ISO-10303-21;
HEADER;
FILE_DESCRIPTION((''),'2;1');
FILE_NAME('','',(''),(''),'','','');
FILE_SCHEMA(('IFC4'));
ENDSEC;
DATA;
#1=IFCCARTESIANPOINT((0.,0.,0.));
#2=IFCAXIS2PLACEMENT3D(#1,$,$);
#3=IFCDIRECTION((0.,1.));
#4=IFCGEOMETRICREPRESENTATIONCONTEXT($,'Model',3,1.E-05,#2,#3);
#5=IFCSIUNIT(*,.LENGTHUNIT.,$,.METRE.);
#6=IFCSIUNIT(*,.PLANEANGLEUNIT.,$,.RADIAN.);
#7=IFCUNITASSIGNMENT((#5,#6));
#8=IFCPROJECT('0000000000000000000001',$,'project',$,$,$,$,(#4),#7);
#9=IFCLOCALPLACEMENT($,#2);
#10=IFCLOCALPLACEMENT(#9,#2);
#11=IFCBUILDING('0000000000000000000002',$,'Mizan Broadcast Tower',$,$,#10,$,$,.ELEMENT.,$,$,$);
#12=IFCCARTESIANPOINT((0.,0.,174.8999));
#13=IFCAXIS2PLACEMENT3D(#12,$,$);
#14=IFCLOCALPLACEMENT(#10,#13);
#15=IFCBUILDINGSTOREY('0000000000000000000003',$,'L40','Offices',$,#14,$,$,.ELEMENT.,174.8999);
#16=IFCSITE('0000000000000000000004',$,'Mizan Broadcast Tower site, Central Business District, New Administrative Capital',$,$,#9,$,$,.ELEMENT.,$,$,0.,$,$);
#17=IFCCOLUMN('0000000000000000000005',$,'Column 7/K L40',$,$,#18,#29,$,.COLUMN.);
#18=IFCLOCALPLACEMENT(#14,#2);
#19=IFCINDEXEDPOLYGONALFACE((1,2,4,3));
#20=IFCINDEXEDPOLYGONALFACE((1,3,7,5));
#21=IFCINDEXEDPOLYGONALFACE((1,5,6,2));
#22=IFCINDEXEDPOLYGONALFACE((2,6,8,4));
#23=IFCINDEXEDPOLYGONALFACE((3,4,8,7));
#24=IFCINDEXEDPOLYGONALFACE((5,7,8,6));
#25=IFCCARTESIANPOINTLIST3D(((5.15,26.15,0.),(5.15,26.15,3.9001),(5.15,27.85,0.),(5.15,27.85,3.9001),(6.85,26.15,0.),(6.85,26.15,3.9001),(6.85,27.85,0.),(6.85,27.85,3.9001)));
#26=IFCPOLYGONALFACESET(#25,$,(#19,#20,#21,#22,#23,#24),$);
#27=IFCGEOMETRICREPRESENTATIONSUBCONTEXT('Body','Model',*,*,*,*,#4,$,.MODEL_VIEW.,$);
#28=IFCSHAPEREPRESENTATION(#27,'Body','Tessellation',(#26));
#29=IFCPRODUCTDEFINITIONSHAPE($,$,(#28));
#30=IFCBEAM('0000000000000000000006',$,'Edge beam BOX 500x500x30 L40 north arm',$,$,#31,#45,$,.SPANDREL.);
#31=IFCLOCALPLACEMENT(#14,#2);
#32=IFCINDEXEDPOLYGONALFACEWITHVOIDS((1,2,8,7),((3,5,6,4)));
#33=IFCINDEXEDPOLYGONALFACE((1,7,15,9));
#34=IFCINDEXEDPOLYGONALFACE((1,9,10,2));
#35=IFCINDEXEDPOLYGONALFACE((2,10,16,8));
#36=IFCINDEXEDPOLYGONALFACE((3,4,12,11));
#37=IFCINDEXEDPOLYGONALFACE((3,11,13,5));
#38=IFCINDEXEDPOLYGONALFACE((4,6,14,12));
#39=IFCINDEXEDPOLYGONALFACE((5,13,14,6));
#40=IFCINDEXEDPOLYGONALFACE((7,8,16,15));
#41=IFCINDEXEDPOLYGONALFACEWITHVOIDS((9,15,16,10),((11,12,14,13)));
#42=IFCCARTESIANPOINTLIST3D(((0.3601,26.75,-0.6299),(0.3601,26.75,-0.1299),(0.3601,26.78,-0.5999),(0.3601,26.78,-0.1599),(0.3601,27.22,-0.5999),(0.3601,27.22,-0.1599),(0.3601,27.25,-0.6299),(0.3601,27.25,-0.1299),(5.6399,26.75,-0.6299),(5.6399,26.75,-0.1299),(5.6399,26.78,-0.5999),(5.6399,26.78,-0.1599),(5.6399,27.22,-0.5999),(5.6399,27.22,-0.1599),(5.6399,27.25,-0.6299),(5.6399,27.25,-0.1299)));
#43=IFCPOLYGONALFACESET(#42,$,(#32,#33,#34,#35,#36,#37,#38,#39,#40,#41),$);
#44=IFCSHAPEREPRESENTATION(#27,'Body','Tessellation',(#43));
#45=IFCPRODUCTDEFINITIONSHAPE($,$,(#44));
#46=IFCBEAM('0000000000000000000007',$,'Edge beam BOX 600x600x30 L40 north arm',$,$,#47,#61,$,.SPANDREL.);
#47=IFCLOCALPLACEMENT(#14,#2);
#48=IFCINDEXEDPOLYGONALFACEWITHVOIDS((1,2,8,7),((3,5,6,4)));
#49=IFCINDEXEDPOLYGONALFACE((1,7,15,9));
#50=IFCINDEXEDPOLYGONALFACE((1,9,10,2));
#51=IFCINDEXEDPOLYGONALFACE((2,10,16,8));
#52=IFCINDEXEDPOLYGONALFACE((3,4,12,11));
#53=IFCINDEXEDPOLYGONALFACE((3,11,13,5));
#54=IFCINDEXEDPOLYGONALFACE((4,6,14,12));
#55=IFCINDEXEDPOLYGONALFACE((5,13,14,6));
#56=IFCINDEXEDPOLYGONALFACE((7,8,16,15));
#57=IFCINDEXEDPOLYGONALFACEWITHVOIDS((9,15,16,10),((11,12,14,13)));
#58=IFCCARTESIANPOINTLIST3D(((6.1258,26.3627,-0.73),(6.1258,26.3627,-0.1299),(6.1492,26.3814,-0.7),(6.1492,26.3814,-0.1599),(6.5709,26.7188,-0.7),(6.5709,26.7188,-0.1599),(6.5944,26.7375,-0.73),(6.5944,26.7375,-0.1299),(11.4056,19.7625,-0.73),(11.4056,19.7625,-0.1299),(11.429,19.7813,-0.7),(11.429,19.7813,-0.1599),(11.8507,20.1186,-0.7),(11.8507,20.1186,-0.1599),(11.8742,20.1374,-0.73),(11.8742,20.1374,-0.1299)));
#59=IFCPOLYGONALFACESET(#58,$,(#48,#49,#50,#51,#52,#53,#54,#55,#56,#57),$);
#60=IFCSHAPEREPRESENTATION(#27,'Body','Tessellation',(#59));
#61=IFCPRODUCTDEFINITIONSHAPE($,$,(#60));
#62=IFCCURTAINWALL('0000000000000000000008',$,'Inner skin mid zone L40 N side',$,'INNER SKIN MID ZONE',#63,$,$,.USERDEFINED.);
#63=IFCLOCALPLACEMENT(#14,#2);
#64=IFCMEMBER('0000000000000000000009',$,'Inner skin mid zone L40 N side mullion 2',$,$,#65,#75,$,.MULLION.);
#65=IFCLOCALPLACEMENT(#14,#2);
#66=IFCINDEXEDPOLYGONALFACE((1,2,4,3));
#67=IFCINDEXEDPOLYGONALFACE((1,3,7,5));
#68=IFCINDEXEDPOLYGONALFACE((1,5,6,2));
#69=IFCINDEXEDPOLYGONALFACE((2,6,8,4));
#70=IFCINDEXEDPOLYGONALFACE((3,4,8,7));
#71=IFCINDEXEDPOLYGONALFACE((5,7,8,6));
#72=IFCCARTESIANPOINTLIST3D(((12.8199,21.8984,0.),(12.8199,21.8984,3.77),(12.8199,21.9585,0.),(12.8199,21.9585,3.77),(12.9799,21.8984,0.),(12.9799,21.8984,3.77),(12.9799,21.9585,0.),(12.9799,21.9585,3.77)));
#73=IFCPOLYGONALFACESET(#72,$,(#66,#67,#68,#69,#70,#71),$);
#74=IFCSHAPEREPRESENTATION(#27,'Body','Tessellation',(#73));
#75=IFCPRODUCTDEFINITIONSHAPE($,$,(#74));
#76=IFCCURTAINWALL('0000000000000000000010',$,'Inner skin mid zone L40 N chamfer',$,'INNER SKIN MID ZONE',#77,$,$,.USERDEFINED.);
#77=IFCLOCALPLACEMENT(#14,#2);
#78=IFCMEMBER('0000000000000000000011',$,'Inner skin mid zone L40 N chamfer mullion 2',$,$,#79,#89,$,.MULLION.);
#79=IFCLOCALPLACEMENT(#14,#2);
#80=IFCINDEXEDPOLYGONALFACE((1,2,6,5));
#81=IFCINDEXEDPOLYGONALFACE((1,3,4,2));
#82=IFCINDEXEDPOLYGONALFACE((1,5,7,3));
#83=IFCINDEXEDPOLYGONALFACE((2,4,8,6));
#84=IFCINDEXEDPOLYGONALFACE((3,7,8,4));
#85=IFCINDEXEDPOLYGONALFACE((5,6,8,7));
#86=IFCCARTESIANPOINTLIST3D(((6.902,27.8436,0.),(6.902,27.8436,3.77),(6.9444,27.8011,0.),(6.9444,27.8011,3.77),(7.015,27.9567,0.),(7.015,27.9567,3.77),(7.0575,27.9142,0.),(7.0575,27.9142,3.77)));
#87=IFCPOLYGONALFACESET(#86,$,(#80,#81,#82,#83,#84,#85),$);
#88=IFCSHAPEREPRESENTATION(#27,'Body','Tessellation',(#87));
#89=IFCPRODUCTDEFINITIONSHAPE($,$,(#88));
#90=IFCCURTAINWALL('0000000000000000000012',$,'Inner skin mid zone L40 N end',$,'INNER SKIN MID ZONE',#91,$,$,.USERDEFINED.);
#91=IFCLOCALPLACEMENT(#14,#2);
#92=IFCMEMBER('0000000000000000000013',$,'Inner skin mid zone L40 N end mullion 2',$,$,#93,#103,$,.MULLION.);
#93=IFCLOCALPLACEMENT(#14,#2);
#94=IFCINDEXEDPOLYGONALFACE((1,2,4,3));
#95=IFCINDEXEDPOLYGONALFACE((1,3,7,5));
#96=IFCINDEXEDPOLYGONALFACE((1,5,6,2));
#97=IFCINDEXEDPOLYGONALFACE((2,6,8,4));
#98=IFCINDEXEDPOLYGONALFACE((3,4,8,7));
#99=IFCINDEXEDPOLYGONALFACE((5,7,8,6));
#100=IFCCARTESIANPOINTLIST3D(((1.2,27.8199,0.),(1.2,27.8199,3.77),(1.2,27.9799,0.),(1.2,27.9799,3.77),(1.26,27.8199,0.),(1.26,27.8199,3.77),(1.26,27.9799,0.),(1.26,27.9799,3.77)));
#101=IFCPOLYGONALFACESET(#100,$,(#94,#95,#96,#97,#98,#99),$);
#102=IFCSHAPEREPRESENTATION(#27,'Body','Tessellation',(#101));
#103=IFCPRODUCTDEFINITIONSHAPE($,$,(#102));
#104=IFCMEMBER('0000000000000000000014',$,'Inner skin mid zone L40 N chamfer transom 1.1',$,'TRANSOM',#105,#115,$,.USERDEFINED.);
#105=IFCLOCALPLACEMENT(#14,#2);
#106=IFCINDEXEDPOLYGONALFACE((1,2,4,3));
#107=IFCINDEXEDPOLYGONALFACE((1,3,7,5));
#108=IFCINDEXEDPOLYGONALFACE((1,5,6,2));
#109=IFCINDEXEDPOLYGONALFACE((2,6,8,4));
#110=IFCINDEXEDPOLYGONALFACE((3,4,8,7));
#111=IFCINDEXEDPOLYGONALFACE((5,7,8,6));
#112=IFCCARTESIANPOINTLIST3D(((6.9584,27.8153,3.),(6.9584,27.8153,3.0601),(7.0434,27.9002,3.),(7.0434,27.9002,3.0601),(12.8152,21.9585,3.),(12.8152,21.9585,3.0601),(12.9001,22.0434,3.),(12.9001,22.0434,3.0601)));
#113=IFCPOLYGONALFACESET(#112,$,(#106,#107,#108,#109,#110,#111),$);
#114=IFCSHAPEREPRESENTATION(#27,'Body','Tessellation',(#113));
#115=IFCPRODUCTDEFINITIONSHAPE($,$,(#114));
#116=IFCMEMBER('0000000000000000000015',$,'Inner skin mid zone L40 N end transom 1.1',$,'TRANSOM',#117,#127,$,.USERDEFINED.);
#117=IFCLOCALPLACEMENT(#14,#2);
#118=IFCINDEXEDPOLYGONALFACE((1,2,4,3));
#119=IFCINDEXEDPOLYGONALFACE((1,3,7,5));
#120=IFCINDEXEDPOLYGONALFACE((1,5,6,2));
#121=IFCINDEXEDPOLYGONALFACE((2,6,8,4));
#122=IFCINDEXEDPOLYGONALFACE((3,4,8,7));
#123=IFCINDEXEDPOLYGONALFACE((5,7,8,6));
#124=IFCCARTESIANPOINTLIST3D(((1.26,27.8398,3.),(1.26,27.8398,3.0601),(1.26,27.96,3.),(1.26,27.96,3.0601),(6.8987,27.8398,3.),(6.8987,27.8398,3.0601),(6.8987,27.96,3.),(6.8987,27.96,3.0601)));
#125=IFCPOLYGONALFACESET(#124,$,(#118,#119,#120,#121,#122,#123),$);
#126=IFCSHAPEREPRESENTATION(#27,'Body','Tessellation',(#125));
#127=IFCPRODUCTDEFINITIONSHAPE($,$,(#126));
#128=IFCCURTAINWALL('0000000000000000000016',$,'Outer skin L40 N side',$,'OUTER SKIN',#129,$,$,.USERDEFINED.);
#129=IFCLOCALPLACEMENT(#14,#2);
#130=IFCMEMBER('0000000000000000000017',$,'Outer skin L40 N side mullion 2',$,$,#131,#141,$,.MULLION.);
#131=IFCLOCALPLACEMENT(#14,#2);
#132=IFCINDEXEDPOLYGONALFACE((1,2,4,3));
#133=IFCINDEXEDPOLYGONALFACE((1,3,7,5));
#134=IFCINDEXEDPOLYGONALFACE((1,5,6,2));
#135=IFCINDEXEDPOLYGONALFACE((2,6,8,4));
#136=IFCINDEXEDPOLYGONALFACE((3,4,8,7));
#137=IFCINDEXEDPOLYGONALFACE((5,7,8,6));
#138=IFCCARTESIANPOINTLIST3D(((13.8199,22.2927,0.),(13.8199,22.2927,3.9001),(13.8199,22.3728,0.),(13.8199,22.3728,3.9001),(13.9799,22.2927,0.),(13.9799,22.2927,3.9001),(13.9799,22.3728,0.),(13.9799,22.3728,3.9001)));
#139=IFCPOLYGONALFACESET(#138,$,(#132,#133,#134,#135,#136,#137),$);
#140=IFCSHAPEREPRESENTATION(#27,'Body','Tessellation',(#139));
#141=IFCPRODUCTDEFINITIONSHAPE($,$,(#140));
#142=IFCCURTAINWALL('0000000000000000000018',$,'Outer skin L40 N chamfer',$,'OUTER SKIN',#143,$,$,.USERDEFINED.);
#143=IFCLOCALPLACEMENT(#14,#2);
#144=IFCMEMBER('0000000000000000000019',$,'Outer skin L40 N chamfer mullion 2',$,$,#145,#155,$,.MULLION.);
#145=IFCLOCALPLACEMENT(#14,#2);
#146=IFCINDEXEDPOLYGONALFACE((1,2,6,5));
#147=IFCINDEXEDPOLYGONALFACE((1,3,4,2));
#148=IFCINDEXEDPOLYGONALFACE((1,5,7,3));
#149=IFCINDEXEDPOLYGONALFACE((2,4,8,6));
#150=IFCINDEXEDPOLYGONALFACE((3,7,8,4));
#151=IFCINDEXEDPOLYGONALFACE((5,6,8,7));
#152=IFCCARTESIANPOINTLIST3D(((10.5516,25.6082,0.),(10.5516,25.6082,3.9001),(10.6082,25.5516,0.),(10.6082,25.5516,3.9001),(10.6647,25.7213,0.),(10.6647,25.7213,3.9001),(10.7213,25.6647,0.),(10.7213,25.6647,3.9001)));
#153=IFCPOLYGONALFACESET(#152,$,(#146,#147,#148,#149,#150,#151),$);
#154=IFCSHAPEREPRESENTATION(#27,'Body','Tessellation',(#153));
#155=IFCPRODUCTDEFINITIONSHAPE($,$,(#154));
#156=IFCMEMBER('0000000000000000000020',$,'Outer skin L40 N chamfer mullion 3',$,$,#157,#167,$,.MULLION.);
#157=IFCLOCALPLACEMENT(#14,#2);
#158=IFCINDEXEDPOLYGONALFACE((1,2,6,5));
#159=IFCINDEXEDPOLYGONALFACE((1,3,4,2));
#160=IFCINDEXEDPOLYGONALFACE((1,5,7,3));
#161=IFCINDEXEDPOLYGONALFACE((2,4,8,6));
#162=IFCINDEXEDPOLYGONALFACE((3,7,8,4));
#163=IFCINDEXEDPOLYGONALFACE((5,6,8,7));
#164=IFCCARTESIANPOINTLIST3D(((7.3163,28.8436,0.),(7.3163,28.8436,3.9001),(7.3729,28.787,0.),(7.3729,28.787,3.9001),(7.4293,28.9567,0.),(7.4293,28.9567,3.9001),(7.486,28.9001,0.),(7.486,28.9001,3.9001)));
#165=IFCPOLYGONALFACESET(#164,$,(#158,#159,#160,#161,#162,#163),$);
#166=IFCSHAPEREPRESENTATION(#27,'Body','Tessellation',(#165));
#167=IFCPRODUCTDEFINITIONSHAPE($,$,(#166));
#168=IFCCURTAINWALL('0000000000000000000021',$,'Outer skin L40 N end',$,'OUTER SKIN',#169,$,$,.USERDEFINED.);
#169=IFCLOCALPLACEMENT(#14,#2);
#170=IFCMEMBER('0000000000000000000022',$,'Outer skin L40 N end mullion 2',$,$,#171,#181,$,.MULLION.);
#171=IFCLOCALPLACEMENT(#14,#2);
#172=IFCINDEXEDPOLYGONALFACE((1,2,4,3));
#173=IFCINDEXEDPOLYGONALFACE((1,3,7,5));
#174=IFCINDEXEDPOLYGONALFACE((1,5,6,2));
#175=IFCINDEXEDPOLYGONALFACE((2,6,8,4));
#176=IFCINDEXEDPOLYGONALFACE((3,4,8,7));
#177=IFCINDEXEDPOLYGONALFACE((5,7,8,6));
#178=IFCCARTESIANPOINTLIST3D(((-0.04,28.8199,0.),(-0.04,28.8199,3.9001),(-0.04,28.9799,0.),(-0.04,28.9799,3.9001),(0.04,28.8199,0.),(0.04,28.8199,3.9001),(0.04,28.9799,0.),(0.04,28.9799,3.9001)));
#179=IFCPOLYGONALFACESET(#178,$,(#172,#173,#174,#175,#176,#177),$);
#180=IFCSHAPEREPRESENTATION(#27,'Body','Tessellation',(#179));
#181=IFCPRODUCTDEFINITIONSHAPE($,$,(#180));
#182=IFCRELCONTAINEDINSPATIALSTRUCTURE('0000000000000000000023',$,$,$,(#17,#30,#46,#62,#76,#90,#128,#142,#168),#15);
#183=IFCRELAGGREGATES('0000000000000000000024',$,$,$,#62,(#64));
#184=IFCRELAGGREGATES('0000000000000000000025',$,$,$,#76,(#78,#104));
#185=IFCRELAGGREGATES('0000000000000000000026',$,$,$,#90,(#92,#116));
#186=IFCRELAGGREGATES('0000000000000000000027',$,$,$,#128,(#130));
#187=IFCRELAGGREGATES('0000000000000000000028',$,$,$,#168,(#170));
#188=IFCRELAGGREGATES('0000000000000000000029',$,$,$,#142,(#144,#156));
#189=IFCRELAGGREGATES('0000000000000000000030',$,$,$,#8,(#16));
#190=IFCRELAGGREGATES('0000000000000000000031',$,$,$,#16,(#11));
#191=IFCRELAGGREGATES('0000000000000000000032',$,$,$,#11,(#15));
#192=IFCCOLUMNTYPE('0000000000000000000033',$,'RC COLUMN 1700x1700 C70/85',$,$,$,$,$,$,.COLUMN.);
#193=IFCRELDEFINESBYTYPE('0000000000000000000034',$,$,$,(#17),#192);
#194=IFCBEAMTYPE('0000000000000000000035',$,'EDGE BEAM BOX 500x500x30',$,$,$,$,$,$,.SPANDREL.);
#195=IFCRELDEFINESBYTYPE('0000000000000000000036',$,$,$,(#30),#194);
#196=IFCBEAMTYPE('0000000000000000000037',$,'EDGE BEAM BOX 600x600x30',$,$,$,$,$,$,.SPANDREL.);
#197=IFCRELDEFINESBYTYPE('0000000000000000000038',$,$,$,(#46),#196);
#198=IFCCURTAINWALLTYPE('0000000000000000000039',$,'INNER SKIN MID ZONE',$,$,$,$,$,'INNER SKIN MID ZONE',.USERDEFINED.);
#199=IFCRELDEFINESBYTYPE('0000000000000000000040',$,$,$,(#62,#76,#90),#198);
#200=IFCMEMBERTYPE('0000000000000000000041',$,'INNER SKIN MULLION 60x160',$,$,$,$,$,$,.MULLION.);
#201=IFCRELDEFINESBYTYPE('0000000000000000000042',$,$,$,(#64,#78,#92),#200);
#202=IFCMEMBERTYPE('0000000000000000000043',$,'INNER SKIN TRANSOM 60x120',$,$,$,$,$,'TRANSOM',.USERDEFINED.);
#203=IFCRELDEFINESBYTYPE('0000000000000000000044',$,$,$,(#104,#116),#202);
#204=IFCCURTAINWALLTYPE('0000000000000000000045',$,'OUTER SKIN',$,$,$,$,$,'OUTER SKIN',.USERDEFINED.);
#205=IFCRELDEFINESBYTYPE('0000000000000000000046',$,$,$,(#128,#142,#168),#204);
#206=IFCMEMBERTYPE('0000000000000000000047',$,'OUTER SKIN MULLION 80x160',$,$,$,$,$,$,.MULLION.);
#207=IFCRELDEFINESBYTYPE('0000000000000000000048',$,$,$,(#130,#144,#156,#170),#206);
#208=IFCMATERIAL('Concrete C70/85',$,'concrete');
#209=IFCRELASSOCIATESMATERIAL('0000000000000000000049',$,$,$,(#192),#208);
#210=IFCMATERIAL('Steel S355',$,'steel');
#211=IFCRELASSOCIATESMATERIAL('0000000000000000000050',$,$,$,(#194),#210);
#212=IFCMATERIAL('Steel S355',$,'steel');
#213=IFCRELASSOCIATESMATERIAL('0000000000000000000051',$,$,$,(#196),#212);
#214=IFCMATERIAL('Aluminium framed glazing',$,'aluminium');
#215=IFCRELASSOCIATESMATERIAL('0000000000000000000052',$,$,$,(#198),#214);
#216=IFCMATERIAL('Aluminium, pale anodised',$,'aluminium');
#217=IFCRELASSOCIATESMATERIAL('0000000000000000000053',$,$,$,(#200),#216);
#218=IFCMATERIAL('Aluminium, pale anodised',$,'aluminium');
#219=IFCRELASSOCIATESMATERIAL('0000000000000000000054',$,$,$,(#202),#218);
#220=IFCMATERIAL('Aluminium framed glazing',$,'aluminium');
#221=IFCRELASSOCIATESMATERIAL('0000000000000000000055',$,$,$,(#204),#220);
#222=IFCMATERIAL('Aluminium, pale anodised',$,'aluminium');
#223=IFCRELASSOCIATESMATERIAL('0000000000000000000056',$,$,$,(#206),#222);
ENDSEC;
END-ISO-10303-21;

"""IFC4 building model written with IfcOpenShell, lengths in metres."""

from ifc_helpers import new_model, si_unit, direction, frame, origin, origin_2d, place, context, subcontext, project, spatial, rectangle, hollow_rectangle, extrude, material, material_profile, profile_set, type_object, element, aggregate, save


model = new_model("IFC4")

# Units and contexts
model_context = context("Model", 3, precision=1e-05, world=origin(), true_north=direction((0.0, 1.0)))
body_context = subcontext(model_context, "Body", "Model", "MODEL_VIEW")
ifc_project = project(units=[si_unit("LENGTHUNIT", "METRE"), si_unit("PLANEANGLEUNIT", "RADIAN")], contexts=[model_context])

# Site, building, storey
site_placement = place(None, origin())
site = spatial("IfcSite", under=ifc_project, at=site_placement, Name="Mizan Broadcast Tower site, Central Business District, New Administrative Capital", CompositionType="ELEMENT", RefElevation=0.0)
building_placement = place(site_placement, origin())
building = spatial("IfcBuilding", under=site, at=building_placement, Name="Mizan Broadcast Tower", CompositionType="ELEMENT")
storey_placement = place(building_placement, frame((0.0, 0.0, 174.8999)))
storey = spatial("IfcBuildingStorey", under=building, at=storey_placement, Name="L40", Description="Offices", CompositionType="ELEMENT", Elevation=174.8999)

# Column
ifc_material_1 = material(Name="Concrete C70/85", Category="concrete")
ifc_material_profile_1 = material_profile(ifc_material_1, rectangle(XDim=1.7, YDim=1.7, at=origin_2d()), Name="RC 1700x1700")
ifc_profile_set_1 = profile_set([ifc_material_profile_1], Name="Concrete C70/85")
column_type = type_object("IfcColumnType", Name="RC COLUMN 1700x1700 C70/85", PredefinedType="COLUMN", material=ifc_profile_set_1)
column_placement = place(storey_placement, frame((6.0, 27.0, 0.0), z_axis=(0.0, 0.0, 1.0), x_axis=(1.0, 0.0, 0.0)))
element("IfcColumn", 1, at=column_placement, inside=storey, type_object=column_type, Name="Column 7/K L40", PredefinedType="COLUMN", context=body_context, shape_type="SweptSolid", body=[
    extrude(rectangle(XDim=1.7, YDim=1.7, at=origin_2d()), origin(), (0.0, 0.0, 1.0), 3.9001),
])

# Beams
ifc_material_2 = material(Name="Steel S355", Category="steel")
ifc_material_profile_2 = material_profile(ifc_material_2, hollow_rectangle(XDim=0.5, YDim=0.5, WallThickness=0.03, at=origin_2d()), Name="BOX 500x500x30")
ifc_profile_set_2 = profile_set([ifc_material_profile_2], Name="Steel S355")
beam_type_1 = type_object("IfcBeamType", Name="EDGE BEAM BOX 500x500x30", PredefinedType="SPANDREL", material=ifc_profile_set_2)
beam_1_placement = place(storey_placement, frame((5.6399, 27.0, -0.3799), z_axis=(-1.0, 0.0, 0.0), x_axis=(0.0, -1.0, 0.0)))
element("IfcBeam", 2, at=beam_1_placement, inside=storey, type_object=beam_type_1, Name="Edge beam BOX 500x500x30 L40 north arm", PredefinedType="SPANDREL", context=body_context, shape_type="SweptSolid", body=[
    extrude(hollow_rectangle(XDim=0.5, YDim=0.5, WallThickness=0.03, at=origin_2d()), origin(), (0.0, 0.0, 1.0), 5.2798),
])
ifc_material_3 = material(Name="Steel S355", Category="steel")
ifc_material_profile_3 = material_profile(ifc_material_3, hollow_rectangle(XDim=0.6001, YDim=0.6001, WallThickness=0.03, at=origin_2d()), Name="BOX 600x600x30")
ifc_profile_set_3 = profile_set([ifc_material_profile_3], Name="Steel S355")
beam_type_2 = type_object("IfcBeamType", Name="EDGE BEAM BOX 600x600x30", PredefinedType="SPANDREL", material=ifc_profile_set_3)
beam_2_placement = place(storey_placement, frame((11.6399, 19.95, -0.4299), z_axis=(-0.624674, 0.780886, 0.0), x_axis=(-0.780886, -0.624674, 0.0)))
element("IfcBeam", 3, at=beam_2_placement, inside=storey, type_object=beam_type_2, Name="Edge beam BOX 600x600x30 L40 north arm", PredefinedType="SPANDREL", context=body_context, shape_type="SweptSolid", body=[
    extrude(hollow_rectangle(XDim=0.6001, YDim=0.6001, WallThickness=0.03, at=origin_2d()), origin(), (0.0, 0.0, 1.0), 8.4521),
])

# Curtain walls, members
ifc_material_4 = material(Name="Aluminium framed glazing", Category="aluminium")
curtain_wall_type_1 = type_object("IfcCurtainWallType", Name="INNER SKIN MID ZONE", ElementType="INNER SKIN MID ZONE", PredefinedType="USERDEFINED", material=ifc_material_4)
curtain_wall_1_placement = place(storey_placement, origin())
curtain_wall_1 = element("IfcCurtainWall", 4, at=curtain_wall_1_placement, inside=storey, type_object=curtain_wall_type_1, Name="Inner skin mid zone L40 N side", ObjectType="INNER SKIN MID ZONE", PredefinedType="USERDEFINED")
ifc_material_5 = material(Name="Aluminium, pale anodised", Category="aluminium")
ifc_material_profile_4 = material_profile(ifc_material_5, rectangle(XDim=0.1599, YDim=0.0601, at=origin_2d()), Name="MULLION 160x60")
ifc_profile_set_4 = profile_set([ifc_material_profile_4], Name="Aluminium, pale anodised")
member_type_1 = type_object("IfcMemberType", Name="INNER SKIN MULLION 60x160", PredefinedType="MULLION", material=ifc_profile_set_4)
member_1_placement = place(storey_placement, frame((12.8999, 21.9285, 0.0), z_axis=(0.0, 0.0, 1.0), x_axis=(-1.0, 0.0, 0.0)))
member_1 = element("IfcMember", 5, at=member_1_placement, type_object=member_type_1, Name="Inner skin mid zone L40 N side mullion 2", PredefinedType="MULLION", context=body_context, shape_type="SweptSolid", body=[
    extrude(rectangle(XDim=0.1599, YDim=0.0601, at=origin_2d()), origin(), (0.0, 0.0, 1.0), 3.77),
])
curtain_wall_2_placement = place(storey_placement, origin())
curtain_wall_2 = element("IfcCurtainWall", 6, at=curtain_wall_2_placement, inside=storey, type_object=curtain_wall_type_1, Name="Inner skin mid zone L40 N chamfer", ObjectType="INNER SKIN MID ZONE", PredefinedType="USERDEFINED")
member_2_placement = place(storey_placement, frame((6.9797, 27.8789, 0.0), z_axis=(0.0, 0.0, 1.0), x_axis=(-0.707107, -0.707107, 0.0)))
member_2 = element("IfcMember", 7, at=member_2_placement, type_object=member_type_1, Name="Inner skin mid zone L40 N chamfer mullion 2", PredefinedType="MULLION", context=body_context, shape_type="SweptSolid", body=[
    extrude(rectangle(XDim=0.1599, YDim=0.0601, at=origin_2d()), origin(), (0.0, 0.0, 1.0), 3.77),
])
curtain_wall_3_placement = place(storey_placement, origin())
curtain_wall_3 = element("IfcCurtainWall", 8, at=curtain_wall_3_placement, inside=storey, type_object=curtain_wall_type_1, Name="Inner skin mid zone L40 N end", ObjectType="INNER SKIN MID ZONE", PredefinedType="USERDEFINED")
member_3_placement = place(storey_placement, frame((1.23, 27.8999, 0.0), z_axis=(0.0, 0.0, 1.0), x_axis=(0.0, -1.0, 0.0)))
member_3 = element("IfcMember", 9, at=member_3_placement, type_object=member_type_1, Name="Inner skin mid zone L40 N end mullion 2", PredefinedType="MULLION", context=body_context, shape_type="SweptSolid", body=[
    extrude(rectangle(XDim=0.1599, YDim=0.0601, at=origin_2d()), origin(), (0.0, 0.0, 1.0), 3.77),
])

# Members
ifc_material_6 = material(Name="Aluminium, pale anodised", Category="aluminium")
ifc_material_profile_5 = material_profile(ifc_material_6, rectangle(XDim=0.1201, YDim=0.0601, at=origin_2d()), Name="TRANSOM 120x60")
ifc_profile_set_5 = profile_set([ifc_material_profile_5], Name="Aluminium, pale anodised")
member_type_2 = type_object("IfcMemberType", Name="INNER SKIN TRANSOM 60x120", ElementType="TRANSOM", PredefinedType="USERDEFINED", material=ifc_profile_set_5)
member_4_placement = place(storey_placement, frame((12.8577, 22.001, 3.03), z_axis=(-0.707107, 0.707107, 0.0), x_axis=(-0.707107, -0.707107, 0.0)))
member_4 = element("IfcMember", 10, at=member_4_placement, type_object=member_type_2, Name="Inner skin mid zone L40 N chamfer transom 1.1", ObjectType="TRANSOM", PredefinedType="USERDEFINED", context=body_context, shape_type="SweptSolid", body=[
    extrude(rectangle(XDim=0.1201, YDim=0.0601, at=origin_2d()), origin(), (0.0, 0.0, 1.0), 8.2827),
])
member_5_placement = place(storey_placement, frame((6.8987, 27.8999, 3.03), z_axis=(-1.0, 0.0, 0.0), x_axis=(0.0, -1.0, 0.0)))
member_5 = element("IfcMember", 11, at=member_5_placement, type_object=member_type_2, Name="Inner skin mid zone L40 N end transom 1.1", ObjectType="TRANSOM", PredefinedType="USERDEFINED", context=body_context, shape_type="SweptSolid", body=[
    extrude(rectangle(XDim=0.1201, YDim=0.0601, at=origin_2d()), origin(), (0.0, 0.0, 1.0), 5.6387),
])

# Curtain wall, member
ifc_material_7 = material(Name="Aluminium framed glazing", Category="aluminium")
curtain_wall_type_2 = type_object("IfcCurtainWallType", Name="OUTER SKIN", ElementType="OUTER SKIN", PredefinedType="USERDEFINED", material=ifc_material_7)
curtain_wall_4_placement = place(storey_placement, origin())
curtain_wall_4 = element("IfcCurtainWall", 12, at=curtain_wall_4_placement, inside=storey, type_object=curtain_wall_type_2, Name="Outer skin L40 N side", ObjectType="OUTER SKIN", PredefinedType="USERDEFINED")
ifc_material_8 = material(Name="Aluminium, pale anodised", Category="aluminium")
ifc_material_profile_6 = material_profile(ifc_material_8, rectangle(XDim=0.1599, YDim=0.0801, at=origin_2d()), Name="MULLION 160x80")
ifc_profile_set_6 = profile_set([ifc_material_profile_6], Name="Aluminium, pale anodised")
member_type_3 = type_object("IfcMemberType", Name="OUTER SKIN MULLION 80x160", PredefinedType="MULLION", material=ifc_profile_set_6)
member_6_placement = place(storey_placement, frame((13.8999, 22.3328, 0.0), z_axis=(0.0, 0.0, 1.0), x_axis=(-1.0, 0.0, 0.0)))
member_6 = element("IfcMember", 13, at=member_6_placement, type_object=member_type_3, Name="Outer skin L40 N side mullion 2", PredefinedType="MULLION", context=body_context, shape_type="SweptSolid", body=[
    extrude(rectangle(XDim=0.1599, YDim=0.0801, at=origin_2d()), origin(), (0.0, 0.0, 1.0), 3.9001),
])

# Curtain wall, members
curtain_wall_5_placement = place(storey_placement, origin())
curtain_wall_5 = element("IfcCurtainWall", 14, at=curtain_wall_5_placement, inside=storey, type_object=curtain_wall_type_2, Name="Outer skin L40 N chamfer", ObjectType="OUTER SKIN", PredefinedType="USERDEFINED")
member_7_placement = place(storey_placement, frame((10.6365, 25.6365, 0.0), z_axis=(0.0, 0.0, 1.0), x_axis=(-0.707107, -0.707107, 0.0)))
member_7 = element("IfcMember", 15, at=member_7_placement, type_object=member_type_3, Name="Outer skin L40 N chamfer mullion 2", PredefinedType="MULLION", context=body_context, shape_type="SweptSolid", body=[
    extrude(rectangle(XDim=0.1599, YDim=0.0801, at=origin_2d()), origin(), (0.0, 0.0, 1.0), 3.9001),
])
member_8_placement = place(storey_placement, frame((7.4011, 28.8718, 0.0), z_axis=(0.0, 0.0, 1.0), x_axis=(-0.707107, -0.707107, 0.0)))
member_8 = element("IfcMember", 16, at=member_8_placement, type_object=member_type_3, Name="Outer skin L40 N chamfer mullion 3", PredefinedType="MULLION", context=body_context, shape_type="SweptSolid", body=[
    extrude(rectangle(XDim=0.1599, YDim=0.0801, at=origin_2d()), origin(), (0.0, 0.0, 1.0), 3.9001),
])

# Curtain wall, member
curtain_wall_6_placement = place(storey_placement, origin())
curtain_wall_6 = element("IfcCurtainWall", 17, at=curtain_wall_6_placement, inside=storey, type_object=curtain_wall_type_2, Name="Outer skin L40 N end", ObjectType="OUTER SKIN", PredefinedType="USERDEFINED")
member_9_placement = place(storey_placement, frame((0.0, 28.8999, 0.0), z_axis=(0.0, 0.0, 1.0), x_axis=(0.0, -1.0, 0.0)))
member_9 = element("IfcMember", 18, at=member_9_placement, type_object=member_type_3, Name="Outer skin L40 N end mullion 2", PredefinedType="MULLION", context=body_context, shape_type="SweptSolid", body=[
    extrude(rectangle(XDim=0.1599, YDim=0.0801, at=origin_2d()), origin(), (0.0, 0.0, 1.0), 3.9001),
])

aggregate(curtain_wall_1, [member_1])
aggregate(curtain_wall_2, [member_2, member_4])
aggregate(curtain_wall_3, [member_3, member_5])
aggregate(curtain_wall_4, [member_6])
aggregate(curtain_wall_6, [member_9])
aggregate(curtain_wall_5, [member_7, member_8])

save(model, "model.ifc")
